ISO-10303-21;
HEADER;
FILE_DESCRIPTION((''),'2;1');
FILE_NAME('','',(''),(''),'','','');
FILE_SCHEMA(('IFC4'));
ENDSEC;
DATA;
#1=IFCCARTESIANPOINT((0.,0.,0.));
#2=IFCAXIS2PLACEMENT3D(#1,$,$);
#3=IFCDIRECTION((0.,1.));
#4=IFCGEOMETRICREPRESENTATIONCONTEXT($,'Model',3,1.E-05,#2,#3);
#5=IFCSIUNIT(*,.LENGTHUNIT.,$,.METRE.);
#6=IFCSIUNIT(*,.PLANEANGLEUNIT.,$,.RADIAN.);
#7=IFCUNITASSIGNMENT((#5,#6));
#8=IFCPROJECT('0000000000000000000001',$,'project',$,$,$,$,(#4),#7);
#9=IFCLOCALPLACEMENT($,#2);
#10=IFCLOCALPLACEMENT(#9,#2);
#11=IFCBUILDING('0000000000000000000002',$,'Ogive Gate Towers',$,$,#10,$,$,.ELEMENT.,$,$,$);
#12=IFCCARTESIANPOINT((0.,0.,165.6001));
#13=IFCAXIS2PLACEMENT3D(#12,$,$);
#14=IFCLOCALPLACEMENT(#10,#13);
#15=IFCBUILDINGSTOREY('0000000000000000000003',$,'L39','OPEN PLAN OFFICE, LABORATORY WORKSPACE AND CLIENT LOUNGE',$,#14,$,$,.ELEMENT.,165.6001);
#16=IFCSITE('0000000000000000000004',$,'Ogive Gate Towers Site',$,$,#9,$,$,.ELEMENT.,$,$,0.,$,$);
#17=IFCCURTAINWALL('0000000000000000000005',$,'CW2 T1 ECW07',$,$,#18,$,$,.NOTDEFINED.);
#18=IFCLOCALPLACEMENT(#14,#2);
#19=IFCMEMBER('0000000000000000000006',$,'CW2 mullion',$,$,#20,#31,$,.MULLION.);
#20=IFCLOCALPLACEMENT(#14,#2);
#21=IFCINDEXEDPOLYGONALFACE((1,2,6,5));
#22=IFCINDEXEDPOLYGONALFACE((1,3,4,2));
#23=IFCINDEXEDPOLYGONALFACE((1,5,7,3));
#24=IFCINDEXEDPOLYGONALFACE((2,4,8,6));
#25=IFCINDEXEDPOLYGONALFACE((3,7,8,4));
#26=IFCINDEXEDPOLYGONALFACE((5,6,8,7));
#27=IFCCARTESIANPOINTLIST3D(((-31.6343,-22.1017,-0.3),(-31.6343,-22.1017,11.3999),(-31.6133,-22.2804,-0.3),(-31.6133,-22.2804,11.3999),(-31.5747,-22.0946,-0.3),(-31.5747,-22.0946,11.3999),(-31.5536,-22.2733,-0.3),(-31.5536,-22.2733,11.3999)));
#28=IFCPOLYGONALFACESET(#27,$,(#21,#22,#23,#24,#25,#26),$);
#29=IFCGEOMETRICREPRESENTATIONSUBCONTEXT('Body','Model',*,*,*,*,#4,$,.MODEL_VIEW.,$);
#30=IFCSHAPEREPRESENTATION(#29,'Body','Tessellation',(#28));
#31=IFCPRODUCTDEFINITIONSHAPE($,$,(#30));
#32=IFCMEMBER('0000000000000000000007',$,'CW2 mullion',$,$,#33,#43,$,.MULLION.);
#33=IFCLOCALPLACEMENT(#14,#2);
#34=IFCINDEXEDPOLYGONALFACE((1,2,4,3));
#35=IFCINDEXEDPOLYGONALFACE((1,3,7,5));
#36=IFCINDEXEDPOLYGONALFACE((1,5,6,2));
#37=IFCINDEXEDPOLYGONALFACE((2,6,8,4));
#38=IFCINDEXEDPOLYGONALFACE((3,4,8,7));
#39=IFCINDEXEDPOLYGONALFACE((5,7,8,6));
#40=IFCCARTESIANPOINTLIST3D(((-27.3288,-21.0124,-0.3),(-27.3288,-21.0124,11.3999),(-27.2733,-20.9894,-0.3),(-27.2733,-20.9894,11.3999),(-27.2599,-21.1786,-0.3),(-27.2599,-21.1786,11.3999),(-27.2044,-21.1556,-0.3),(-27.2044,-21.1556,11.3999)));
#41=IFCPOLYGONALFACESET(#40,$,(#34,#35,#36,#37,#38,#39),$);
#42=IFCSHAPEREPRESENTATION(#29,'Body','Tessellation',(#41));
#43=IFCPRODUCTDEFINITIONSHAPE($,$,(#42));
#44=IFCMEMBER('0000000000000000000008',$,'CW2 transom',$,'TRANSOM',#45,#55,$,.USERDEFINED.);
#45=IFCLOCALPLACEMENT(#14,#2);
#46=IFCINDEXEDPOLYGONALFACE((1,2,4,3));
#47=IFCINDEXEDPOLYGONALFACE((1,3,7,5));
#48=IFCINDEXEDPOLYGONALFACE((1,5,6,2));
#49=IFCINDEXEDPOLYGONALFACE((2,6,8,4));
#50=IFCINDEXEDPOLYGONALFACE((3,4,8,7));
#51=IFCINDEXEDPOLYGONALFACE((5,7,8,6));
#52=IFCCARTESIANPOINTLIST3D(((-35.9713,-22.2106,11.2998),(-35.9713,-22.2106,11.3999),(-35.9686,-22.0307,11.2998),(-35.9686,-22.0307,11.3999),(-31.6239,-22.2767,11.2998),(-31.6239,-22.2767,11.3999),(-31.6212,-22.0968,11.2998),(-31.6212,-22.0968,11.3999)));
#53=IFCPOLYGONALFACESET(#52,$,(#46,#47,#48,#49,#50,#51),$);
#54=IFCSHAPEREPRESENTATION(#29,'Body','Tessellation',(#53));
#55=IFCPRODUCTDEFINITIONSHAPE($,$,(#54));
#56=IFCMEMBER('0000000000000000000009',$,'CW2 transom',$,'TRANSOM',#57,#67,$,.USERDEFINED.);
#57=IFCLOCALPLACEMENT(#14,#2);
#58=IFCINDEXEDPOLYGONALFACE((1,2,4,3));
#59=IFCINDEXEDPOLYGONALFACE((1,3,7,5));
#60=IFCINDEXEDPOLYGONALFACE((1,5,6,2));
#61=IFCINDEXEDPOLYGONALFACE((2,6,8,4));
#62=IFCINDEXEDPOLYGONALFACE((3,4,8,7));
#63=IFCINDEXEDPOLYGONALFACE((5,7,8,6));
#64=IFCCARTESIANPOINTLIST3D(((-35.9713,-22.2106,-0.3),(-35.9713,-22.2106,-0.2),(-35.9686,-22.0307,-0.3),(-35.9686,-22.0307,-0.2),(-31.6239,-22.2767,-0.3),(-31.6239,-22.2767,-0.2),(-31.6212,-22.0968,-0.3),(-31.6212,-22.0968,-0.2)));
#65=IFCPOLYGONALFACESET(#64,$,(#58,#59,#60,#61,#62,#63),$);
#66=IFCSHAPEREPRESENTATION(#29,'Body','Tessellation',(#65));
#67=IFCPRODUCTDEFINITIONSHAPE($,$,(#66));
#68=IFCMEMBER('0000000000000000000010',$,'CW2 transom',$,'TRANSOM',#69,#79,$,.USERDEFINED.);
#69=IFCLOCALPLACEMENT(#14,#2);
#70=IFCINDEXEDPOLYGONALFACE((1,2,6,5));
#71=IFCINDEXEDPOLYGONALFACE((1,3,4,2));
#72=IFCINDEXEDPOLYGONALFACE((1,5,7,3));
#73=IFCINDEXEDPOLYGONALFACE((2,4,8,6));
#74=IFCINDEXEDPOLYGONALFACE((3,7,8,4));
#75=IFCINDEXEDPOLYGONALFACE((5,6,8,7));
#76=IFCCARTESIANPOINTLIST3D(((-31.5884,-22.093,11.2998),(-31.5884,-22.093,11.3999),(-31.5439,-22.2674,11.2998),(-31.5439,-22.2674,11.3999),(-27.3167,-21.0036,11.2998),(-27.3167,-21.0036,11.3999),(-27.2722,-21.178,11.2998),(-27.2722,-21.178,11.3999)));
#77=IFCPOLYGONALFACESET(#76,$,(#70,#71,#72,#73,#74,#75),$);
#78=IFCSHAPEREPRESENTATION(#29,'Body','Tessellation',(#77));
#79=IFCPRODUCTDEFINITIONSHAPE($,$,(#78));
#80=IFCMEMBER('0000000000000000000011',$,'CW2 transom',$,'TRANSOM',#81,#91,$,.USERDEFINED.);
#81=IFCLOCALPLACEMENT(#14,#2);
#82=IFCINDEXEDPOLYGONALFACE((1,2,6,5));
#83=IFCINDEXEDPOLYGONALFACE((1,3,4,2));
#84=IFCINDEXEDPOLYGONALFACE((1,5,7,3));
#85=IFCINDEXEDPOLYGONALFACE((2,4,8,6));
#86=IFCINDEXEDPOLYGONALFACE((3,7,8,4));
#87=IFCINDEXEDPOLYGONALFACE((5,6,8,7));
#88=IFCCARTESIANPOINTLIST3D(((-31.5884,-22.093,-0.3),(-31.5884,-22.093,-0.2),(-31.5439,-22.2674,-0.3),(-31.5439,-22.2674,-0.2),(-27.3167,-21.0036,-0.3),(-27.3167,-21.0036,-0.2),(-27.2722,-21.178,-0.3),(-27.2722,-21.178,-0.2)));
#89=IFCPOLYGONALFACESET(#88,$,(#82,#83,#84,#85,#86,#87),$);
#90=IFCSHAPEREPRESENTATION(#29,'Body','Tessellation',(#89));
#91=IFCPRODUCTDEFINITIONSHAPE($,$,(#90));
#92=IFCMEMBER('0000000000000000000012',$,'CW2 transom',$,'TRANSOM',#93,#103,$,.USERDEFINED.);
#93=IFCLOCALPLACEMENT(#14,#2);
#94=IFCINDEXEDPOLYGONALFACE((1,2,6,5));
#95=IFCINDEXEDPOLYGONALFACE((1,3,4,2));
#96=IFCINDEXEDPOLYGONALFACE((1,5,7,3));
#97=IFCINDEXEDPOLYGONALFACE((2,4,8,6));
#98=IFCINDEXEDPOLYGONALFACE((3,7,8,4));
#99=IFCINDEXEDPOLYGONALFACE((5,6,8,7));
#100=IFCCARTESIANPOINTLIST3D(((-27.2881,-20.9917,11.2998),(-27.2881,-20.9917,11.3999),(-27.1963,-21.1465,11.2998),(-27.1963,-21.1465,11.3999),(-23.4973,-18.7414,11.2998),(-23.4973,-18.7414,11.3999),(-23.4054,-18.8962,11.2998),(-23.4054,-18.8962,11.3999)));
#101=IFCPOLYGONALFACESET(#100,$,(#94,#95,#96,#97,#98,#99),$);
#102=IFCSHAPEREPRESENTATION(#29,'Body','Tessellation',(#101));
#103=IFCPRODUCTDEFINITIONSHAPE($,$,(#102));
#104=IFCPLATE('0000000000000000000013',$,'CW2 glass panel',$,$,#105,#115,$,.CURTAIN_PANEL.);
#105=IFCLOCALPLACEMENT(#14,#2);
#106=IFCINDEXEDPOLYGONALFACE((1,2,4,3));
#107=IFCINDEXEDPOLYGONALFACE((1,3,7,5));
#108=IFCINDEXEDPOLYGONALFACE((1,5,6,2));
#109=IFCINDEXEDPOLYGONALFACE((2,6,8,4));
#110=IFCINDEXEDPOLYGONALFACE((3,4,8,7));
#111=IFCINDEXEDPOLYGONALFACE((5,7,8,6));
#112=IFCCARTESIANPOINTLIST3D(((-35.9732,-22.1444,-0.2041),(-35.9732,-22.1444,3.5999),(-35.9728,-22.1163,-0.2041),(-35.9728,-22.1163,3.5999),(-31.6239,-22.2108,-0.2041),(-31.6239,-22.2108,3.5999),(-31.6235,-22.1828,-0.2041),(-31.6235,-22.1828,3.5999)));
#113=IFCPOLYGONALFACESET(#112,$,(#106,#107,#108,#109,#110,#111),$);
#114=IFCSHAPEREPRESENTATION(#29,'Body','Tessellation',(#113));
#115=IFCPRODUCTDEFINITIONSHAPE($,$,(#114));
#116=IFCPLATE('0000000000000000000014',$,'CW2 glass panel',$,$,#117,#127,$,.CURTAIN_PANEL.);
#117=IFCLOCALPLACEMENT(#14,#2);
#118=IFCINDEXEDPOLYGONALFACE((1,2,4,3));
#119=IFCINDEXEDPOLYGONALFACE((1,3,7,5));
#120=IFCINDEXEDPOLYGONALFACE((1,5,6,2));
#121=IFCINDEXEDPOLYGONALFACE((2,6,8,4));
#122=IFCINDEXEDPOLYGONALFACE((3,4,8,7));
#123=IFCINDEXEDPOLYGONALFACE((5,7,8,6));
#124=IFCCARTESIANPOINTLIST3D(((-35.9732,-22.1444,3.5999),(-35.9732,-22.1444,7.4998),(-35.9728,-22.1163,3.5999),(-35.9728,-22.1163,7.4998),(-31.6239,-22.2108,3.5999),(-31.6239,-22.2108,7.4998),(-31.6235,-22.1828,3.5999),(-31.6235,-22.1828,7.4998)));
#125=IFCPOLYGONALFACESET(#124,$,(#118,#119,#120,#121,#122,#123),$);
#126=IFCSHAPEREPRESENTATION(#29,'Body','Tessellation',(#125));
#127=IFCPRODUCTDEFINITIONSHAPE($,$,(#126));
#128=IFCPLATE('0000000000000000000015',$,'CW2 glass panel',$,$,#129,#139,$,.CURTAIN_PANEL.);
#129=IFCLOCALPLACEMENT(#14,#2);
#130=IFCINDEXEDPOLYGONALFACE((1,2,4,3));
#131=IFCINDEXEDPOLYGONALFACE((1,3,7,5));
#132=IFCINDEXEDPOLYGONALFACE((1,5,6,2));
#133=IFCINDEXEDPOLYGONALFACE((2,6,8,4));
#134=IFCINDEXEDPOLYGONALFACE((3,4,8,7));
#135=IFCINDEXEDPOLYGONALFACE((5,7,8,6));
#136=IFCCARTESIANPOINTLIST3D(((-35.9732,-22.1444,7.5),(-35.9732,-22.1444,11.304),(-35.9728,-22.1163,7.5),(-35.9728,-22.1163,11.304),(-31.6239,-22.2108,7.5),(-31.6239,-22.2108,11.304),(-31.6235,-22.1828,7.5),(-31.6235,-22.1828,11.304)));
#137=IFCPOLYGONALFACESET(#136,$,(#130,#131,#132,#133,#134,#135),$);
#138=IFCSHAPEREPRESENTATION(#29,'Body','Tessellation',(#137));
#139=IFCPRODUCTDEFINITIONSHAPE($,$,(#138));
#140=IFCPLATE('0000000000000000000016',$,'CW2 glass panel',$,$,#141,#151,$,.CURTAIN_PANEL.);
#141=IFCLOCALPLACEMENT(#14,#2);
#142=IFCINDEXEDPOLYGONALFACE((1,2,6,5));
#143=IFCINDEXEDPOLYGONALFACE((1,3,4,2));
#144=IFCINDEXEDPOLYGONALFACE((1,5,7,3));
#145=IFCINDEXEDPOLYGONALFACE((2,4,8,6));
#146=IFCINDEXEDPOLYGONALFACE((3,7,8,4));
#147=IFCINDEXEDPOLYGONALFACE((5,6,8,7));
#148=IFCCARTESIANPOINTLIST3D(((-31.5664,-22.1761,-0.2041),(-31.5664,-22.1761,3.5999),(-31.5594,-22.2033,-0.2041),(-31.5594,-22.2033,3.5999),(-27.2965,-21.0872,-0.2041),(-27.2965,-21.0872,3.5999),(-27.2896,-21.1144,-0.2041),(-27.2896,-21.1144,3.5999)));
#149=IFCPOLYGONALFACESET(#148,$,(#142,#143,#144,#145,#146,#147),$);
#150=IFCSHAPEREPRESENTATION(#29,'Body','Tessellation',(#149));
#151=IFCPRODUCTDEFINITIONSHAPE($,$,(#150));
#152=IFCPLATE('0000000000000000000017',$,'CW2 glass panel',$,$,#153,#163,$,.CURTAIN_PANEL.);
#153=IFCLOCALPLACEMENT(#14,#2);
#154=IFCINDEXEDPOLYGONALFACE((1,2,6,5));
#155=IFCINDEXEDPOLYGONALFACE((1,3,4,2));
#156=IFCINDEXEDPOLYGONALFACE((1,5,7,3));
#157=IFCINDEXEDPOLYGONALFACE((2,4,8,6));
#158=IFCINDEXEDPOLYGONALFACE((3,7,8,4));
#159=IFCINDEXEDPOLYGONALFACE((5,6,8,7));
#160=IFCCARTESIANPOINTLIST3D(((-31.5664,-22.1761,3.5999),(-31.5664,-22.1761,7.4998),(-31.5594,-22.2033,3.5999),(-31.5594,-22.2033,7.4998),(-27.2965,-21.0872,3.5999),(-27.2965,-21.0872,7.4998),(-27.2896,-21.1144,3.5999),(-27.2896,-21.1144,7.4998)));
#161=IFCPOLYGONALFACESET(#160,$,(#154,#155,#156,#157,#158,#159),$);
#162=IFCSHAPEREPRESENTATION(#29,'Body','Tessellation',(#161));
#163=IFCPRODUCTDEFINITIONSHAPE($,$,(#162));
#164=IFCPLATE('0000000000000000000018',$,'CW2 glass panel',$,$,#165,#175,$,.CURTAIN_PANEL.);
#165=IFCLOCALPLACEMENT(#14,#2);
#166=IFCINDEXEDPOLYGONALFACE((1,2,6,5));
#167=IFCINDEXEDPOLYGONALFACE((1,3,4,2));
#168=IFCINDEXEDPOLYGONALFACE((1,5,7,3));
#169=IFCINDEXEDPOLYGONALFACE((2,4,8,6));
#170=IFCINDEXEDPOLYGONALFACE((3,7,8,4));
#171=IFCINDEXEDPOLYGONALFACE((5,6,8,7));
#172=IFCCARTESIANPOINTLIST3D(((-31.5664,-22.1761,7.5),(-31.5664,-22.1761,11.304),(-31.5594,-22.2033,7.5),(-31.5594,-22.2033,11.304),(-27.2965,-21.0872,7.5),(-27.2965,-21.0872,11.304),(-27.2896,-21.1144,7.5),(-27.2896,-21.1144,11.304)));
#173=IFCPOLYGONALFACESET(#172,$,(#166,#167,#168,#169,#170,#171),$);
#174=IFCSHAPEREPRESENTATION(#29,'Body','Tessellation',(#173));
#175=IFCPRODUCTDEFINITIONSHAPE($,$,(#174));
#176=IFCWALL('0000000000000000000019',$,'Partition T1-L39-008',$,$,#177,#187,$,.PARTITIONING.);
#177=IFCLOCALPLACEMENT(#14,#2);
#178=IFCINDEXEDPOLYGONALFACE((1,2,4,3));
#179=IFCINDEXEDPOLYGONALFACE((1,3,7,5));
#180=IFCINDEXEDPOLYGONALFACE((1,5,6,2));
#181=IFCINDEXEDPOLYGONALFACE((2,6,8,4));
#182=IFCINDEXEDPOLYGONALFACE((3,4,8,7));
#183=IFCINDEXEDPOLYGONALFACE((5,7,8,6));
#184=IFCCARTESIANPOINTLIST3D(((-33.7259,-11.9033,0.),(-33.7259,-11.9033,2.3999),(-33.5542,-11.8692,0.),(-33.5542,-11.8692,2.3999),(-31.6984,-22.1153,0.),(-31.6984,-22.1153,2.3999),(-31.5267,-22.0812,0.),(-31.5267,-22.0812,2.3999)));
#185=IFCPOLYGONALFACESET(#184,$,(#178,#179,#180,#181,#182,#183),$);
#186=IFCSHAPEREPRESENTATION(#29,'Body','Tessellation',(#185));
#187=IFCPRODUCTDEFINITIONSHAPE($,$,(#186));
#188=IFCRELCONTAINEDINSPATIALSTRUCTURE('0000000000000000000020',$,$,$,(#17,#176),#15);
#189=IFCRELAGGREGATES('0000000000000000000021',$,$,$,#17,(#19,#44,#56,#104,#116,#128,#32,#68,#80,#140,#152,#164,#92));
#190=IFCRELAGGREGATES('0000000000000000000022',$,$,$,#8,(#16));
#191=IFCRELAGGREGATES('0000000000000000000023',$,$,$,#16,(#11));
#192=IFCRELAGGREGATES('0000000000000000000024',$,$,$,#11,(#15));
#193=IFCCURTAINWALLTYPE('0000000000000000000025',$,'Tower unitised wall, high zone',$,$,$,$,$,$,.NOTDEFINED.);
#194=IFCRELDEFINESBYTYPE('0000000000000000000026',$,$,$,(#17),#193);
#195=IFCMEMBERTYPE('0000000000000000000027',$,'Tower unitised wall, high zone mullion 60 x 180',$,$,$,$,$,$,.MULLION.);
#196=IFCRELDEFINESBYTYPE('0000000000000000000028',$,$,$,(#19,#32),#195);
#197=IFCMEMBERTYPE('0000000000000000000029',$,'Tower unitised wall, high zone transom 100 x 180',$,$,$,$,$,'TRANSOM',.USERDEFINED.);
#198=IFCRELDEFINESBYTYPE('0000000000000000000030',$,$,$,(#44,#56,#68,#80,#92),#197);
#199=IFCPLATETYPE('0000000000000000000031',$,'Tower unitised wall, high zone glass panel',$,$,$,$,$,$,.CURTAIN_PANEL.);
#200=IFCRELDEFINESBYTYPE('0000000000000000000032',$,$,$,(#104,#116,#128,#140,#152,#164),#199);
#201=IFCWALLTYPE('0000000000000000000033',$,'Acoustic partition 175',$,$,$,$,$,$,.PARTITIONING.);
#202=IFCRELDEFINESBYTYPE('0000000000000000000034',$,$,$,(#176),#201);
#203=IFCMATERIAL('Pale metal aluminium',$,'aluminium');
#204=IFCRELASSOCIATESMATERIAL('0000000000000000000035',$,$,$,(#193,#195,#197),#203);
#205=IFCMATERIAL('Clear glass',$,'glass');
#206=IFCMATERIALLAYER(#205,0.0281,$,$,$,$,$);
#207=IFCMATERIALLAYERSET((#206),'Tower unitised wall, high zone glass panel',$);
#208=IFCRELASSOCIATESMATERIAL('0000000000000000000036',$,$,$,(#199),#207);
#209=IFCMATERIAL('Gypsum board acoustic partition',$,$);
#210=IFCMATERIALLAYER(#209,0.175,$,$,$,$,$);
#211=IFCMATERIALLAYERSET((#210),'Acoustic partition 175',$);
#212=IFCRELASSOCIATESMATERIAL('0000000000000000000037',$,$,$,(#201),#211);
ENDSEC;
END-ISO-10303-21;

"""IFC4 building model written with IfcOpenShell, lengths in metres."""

from ifc_helpers import new_model, si_unit, direction, frame, frame_2d, origin, origin_2d, place, context, subcontext, project, spatial, rectangle, extrude, material, layer, layer_set, material_profile, profile_set, type_object, element, aggregate, save


model = new_model("IFC4")

# Units and contexts
model_context = context("Model", 3, precision=1e-05, world=origin(), true_north=direction((0.0, 1.0)))
body_context = subcontext(model_context, "Body", "Model", "MODEL_VIEW")
ifc_project = project(units=[si_unit("LENGTHUNIT", "METRE"), si_unit("PLANEANGLEUNIT", "RADIAN")], contexts=[model_context])

# Site, building, storey
site_placement = place(None, origin())
site = spatial("IfcSite", under=ifc_project, at=site_placement, Name="Ogive Gate Towers Site", CompositionType="ELEMENT", RefElevation=0.0)
building_placement = place(site_placement, origin())
building = spatial("IfcBuilding", under=site, at=building_placement, Name="Ogive Gate Towers", CompositionType="ELEMENT")
storey_placement = place(building_placement, frame((0.0, 0.0, 165.6001)))
storey = spatial("IfcBuildingStorey", under=building, at=storey_placement, Name="L39", Description="OPEN PLAN OFFICE, LABORATORY WORKSPACE AND CLIENT LOUNGE", CompositionType="ELEMENT", Elevation=165.6001)

# Curtain wall, members, plates
ifc_material_1 = material(Name="Pale metal aluminium", Category="aluminium")
curtain_wall_type = type_object("IfcCurtainWallType", Name="Tower unitised wall, high zone", PredefinedType="NOTDEFINED", material=ifc_material_1)
curtain_wall_placement = place(storey_placement, origin())
curtain_wall = element("IfcCurtainWall", 1, at=curtain_wall_placement, inside=storey, type_object=curtain_wall_type, Name="CW2 T1 ECW07", PredefinedType="NOTDEFINED")
ifc_material_profile_1 = material_profile(ifc_material_1, rectangle(XDim=0.1799, YDim=0.0601, at=origin_2d()), Name="60 x 180 aluminium box")
ifc_profile_set_1 = profile_set([ifc_material_profile_1], Name="Pale metal aluminium")
member_type_1 = type_object("IfcMemberType", Name="Tower unitised wall, high zone mullion 60 x 180", PredefinedType="MULLION", material=ifc_profile_set_1)
member_1_placement = place(storey_placement, frame((-31.594, -22.1875, -0.3), z_axis=(0.0, 0.0, 1.0), x_axis=(0.116948, -0.993138, 0.0)))
member_1 = element("IfcMember", 2, at=member_1_placement, type_object=member_type_1, Name="CW2 mullion", PredefinedType="MULLION", context=body_context, shape_type="SweptSolid", body=[
    extrude(rectangle(XDim=0.1799, YDim=0.0601, at=origin_2d()), origin(), (0.0, 0.0, 1.0), 11.7),
])
member_2_placement = place(storey_placement, frame((-27.2666, -21.084, -0.3), z_axis=(0.0, 0.0, 1.0), x_axis=(0.382683, -0.92388, 0.0)))
member_2 = element("IfcMember", 3, at=member_2_placement, type_object=member_type_1, Name="CW2 mullion", PredefinedType="MULLION", context=body_context, shape_type="SweptSolid", body=[
    extrude(rectangle(XDim=0.1799, YDim=0.0601, at=origin_2d()), origin(), (0.0, 0.0, 1.0), 11.7),
])
ifc_material_profile_2 = material_profile(ifc_material_1, rectangle(XDim=0.1799, YDim=0.1001, at=origin_2d()), Name="100 x 180 aluminium box")
ifc_profile_set_2 = profile_set([ifc_material_profile_2], Name="Pale metal aluminium")
member_type_2 = type_object("IfcMemberType", Name="Tower unitised wall, high zone transom 100 x 180", ElementType="TRANSOM", PredefinedType="USERDEFINED", material=ifc_profile_set_2)
member_3_placement = place(storey_placement, frame((-35.97, -22.1206, 11.3499), z_axis=(0.999884, -0.015217, 0.0), x_axis=(0.015217, 0.999884, 0.0)))
member_3 = element("IfcMember", 4, at=member_3_placement, type_object=member_type_2, Name="CW2 transom", ObjectType="TRANSOM", PredefinedType="USERDEFINED", context=body_context, shape_type="SweptSolid", body=[
    extrude(rectangle(XDim=0.1799, YDim=0.1001, at=origin_2d()), origin(), (0.0, 0.0, 1.0), 4.3479),
])
member_4_placement = place(storey_placement, frame((-35.97, -22.1206, -0.25), z_axis=(0.999884, -0.015217, 0.0), x_axis=(0.015217, 0.999884, 0.0)))
member_4 = element("IfcMember", 5, at=member_4_placement, type_object=member_type_2, Name="CW2 transom", ObjectType="TRANSOM", PredefinedType="USERDEFINED", context=body_context, shape_type="SweptSolid", body=[
    extrude(rectangle(XDim=0.1799, YDim=0.1001, at=origin_2d()), origin(), (0.0, 0.0, 1.0), 4.3479),
])
member_5_placement = place(storey_placement, frame((-31.5662, -22.1802, 11.3499), z_axis=(0.968988, 0.247107, 0.0), x_axis=(-0.247107, 0.968988, 0.0)))
member_5 = element("IfcMember", 6, at=member_5_placement, type_object=member_type_2, Name="CW2 transom", ObjectType="TRANSOM", PredefinedType="USERDEFINED", context=body_context, shape_type="SweptSolid", body=[
    extrude(rectangle(XDim=0.1799, YDim=0.1001, at=origin_2d()), origin(), (0.0, 0.0, 1.0), 4.4084),
])
member_6_placement = place(storey_placement, frame((-31.5662, -22.1802, -0.25), z_axis=(0.968988, 0.247107, 0.0), x_axis=(-0.247107, 0.968988, 0.0)))
member_6 = element("IfcMember", 7, at=member_6_placement, type_object=member_type_2, Name="CW2 transom", ObjectType="TRANSOM", PredefinedType="USERDEFINED", context=body_context, shape_type="SweptSolid", body=[
    extrude(rectangle(XDim=0.1799, YDim=0.1001, at=origin_2d()), origin(), (0.0, 0.0, 1.0), 4.4084),
])
member_7_placement = place(storey_placement, frame((-27.2422, -21.0691, 11.3499), z_axis=(0.859907, 0.51045, 0.0), x_axis=(-0.51045, 0.859907, 0.0)))
member_7 = element("IfcMember", 8, at=member_7_placement, type_object=member_type_2, Name="CW2 transom", ObjectType="TRANSOM", PredefinedType="USERDEFINED", context=body_context, shape_type="SweptSolid", body=[
    extrude(rectangle(XDim=0.1799, YDim=0.1001, at=origin_2d()), origin(), (0.0, 0.0, 1.0), 4.4084),
])
ifc_material_2 = material(Name="Clear glass", Category="glass")
ifc_layer_1 = layer(ifc_material_2, 0.0281)
ifc_layer_set_1 = layer_set([ifc_layer_1], Name="Tower unitised wall, high zone glass panel")
plate_type = type_object("IfcPlateType", Name="Tower unitised wall, high zone glass panel", PredefinedType="CURTAIN_PANEL", material=ifc_layer_set_1)
plate_1_placement = place(storey_placement, frame((-33.7983, -22.1636, -0.2041), z_axis=(0.0, 0.0, 1.0), x_axis=(0.999883, -0.015271, 0.0)))
plate_1 = element("IfcPlate", 9, at=plate_1_placement, type_object=plate_type, Name="CW2 glass panel", PredefinedType="CURTAIN_PANEL", context=body_context, shape_type="SweptSolid", body=[
    extrude(rectangle(XDim=4.3499, YDim=0.0281, at=origin_2d()), origin(), (0.0, 0.0, 1.0), 3.804),
])
plate_2_placement = place(storey_placement, frame((-33.7983, -22.1636, 3.5999), z_axis=(0.0, 0.0, 1.0), x_axis=(0.999883, -0.015271, 0.0)))
plate_2 = element("IfcPlate", 10, at=plate_2_placement, type_object=plate_type, Name="CW2 glass panel", PredefinedType="CURTAIN_PANEL", context=body_context, shape_type="SweptSolid", body=[
    extrude(rectangle(XDim=4.3499, YDim=0.0281, at=origin_2d()), origin(), (0.0, 0.0, 1.0), 3.8999),
])
plate_3_placement = place(storey_placement, frame((-33.7983, -22.1636, 7.5), z_axis=(0.0, 0.0, 1.0), x_axis=(0.999883, -0.015271, 0.0)))
plate_3 = element("IfcPlate", 11, at=plate_3_placement, type_object=plate_type, Name="CW2 glass panel", PredefinedType="CURTAIN_PANEL", context=body_context, shape_type="SweptSolid", body=[
    extrude(rectangle(XDim=4.3499, YDim=0.0281, at=origin_2d()), origin(), (0.0, 0.0, 1.0), 3.804),
])
plate_4_placement = place(storey_placement, frame((-29.428, -21.6453, -0.2041), z_axis=(0.0, 0.0, 1.0), x_axis=(0.96899, 0.2471, 0.0)))
plate_4 = element("IfcPlate", 12, at=plate_4_placement, type_object=plate_type, Name="CW2 glass panel", PredefinedType="CURTAIN_PANEL", context=body_context, shape_type="SweptSolid", body=[
    extrude(rectangle(XDim=4.4065, YDim=0.0281, at=origin_2d()), origin(), (0.0, 0.0, 1.0), 3.804),
])
plate_5_placement = place(storey_placement, frame((-29.428, -21.6453, 3.5999), z_axis=(0.0, 0.0, 1.0), x_axis=(0.96899, 0.2471, 0.0)))
plate_5 = element("IfcPlate", 13, at=plate_5_placement, type_object=plate_type, Name="CW2 glass panel", PredefinedType="CURTAIN_PANEL", context=body_context, shape_type="SweptSolid", body=[
    extrude(rectangle(XDim=4.4065, YDim=0.0281, at=origin_2d()), origin(), (0.0, 0.0, 1.0), 3.8999),
])
plate_6_placement = place(storey_placement, frame((-29.428, -21.6453, 7.5), z_axis=(0.0, 0.0, 1.0), x_axis=(0.96899, 0.2471, 0.0)))
plate_6 = element("IfcPlate", 14, at=plate_6_placement, type_object=plate_type, Name="CW2 glass panel", PredefinedType="CURTAIN_PANEL", context=body_context, shape_type="SweptSolid", body=[
    extrude(rectangle(XDim=4.4065, YDim=0.0281, at=origin_2d()), origin(), (0.0, 0.0, 1.0), 3.804),
])
aggregate(curtain_wall, [member_1, member_3, member_4, plate_1, plate_2, plate_3, member_2, member_5, member_6, plate_4, plate_5, plate_6, member_7])

# Wall
ifc_material_3 = material(Name="Gypsum board acoustic partition")
ifc_layer_2 = layer(ifc_material_3, 0.175)
ifc_layer_set_2 = layer_set([ifc_layer_2], Name="Acoustic partition 175")
wall_type = type_object("IfcWallType", Name="Acoustic partition 175", PredefinedType="PARTITIONING", material=ifc_layer_set_2)
wall_placement = place(storey_placement, frame((-31.6125, -22.0981, 0.0), z_axis=(0.0, 0.0, 1.0), x_axis=(-0.194745, 0.980854, 0.0)))
element("IfcWall", 15, at=wall_placement, inside=storey, type_object=wall_type, Name="Partition T1-L39-008", PredefinedType="PARTITIONING", context=body_context, shape_type="SweptSolid", body=[
    extrude(rectangle(XDim=10.4114, YDim=0.175, at=frame_2d((5.2056, 0.0))), origin(), (0.0, 0.0, 1.0), 2.3999),
])

save(model, "model.ifc")
